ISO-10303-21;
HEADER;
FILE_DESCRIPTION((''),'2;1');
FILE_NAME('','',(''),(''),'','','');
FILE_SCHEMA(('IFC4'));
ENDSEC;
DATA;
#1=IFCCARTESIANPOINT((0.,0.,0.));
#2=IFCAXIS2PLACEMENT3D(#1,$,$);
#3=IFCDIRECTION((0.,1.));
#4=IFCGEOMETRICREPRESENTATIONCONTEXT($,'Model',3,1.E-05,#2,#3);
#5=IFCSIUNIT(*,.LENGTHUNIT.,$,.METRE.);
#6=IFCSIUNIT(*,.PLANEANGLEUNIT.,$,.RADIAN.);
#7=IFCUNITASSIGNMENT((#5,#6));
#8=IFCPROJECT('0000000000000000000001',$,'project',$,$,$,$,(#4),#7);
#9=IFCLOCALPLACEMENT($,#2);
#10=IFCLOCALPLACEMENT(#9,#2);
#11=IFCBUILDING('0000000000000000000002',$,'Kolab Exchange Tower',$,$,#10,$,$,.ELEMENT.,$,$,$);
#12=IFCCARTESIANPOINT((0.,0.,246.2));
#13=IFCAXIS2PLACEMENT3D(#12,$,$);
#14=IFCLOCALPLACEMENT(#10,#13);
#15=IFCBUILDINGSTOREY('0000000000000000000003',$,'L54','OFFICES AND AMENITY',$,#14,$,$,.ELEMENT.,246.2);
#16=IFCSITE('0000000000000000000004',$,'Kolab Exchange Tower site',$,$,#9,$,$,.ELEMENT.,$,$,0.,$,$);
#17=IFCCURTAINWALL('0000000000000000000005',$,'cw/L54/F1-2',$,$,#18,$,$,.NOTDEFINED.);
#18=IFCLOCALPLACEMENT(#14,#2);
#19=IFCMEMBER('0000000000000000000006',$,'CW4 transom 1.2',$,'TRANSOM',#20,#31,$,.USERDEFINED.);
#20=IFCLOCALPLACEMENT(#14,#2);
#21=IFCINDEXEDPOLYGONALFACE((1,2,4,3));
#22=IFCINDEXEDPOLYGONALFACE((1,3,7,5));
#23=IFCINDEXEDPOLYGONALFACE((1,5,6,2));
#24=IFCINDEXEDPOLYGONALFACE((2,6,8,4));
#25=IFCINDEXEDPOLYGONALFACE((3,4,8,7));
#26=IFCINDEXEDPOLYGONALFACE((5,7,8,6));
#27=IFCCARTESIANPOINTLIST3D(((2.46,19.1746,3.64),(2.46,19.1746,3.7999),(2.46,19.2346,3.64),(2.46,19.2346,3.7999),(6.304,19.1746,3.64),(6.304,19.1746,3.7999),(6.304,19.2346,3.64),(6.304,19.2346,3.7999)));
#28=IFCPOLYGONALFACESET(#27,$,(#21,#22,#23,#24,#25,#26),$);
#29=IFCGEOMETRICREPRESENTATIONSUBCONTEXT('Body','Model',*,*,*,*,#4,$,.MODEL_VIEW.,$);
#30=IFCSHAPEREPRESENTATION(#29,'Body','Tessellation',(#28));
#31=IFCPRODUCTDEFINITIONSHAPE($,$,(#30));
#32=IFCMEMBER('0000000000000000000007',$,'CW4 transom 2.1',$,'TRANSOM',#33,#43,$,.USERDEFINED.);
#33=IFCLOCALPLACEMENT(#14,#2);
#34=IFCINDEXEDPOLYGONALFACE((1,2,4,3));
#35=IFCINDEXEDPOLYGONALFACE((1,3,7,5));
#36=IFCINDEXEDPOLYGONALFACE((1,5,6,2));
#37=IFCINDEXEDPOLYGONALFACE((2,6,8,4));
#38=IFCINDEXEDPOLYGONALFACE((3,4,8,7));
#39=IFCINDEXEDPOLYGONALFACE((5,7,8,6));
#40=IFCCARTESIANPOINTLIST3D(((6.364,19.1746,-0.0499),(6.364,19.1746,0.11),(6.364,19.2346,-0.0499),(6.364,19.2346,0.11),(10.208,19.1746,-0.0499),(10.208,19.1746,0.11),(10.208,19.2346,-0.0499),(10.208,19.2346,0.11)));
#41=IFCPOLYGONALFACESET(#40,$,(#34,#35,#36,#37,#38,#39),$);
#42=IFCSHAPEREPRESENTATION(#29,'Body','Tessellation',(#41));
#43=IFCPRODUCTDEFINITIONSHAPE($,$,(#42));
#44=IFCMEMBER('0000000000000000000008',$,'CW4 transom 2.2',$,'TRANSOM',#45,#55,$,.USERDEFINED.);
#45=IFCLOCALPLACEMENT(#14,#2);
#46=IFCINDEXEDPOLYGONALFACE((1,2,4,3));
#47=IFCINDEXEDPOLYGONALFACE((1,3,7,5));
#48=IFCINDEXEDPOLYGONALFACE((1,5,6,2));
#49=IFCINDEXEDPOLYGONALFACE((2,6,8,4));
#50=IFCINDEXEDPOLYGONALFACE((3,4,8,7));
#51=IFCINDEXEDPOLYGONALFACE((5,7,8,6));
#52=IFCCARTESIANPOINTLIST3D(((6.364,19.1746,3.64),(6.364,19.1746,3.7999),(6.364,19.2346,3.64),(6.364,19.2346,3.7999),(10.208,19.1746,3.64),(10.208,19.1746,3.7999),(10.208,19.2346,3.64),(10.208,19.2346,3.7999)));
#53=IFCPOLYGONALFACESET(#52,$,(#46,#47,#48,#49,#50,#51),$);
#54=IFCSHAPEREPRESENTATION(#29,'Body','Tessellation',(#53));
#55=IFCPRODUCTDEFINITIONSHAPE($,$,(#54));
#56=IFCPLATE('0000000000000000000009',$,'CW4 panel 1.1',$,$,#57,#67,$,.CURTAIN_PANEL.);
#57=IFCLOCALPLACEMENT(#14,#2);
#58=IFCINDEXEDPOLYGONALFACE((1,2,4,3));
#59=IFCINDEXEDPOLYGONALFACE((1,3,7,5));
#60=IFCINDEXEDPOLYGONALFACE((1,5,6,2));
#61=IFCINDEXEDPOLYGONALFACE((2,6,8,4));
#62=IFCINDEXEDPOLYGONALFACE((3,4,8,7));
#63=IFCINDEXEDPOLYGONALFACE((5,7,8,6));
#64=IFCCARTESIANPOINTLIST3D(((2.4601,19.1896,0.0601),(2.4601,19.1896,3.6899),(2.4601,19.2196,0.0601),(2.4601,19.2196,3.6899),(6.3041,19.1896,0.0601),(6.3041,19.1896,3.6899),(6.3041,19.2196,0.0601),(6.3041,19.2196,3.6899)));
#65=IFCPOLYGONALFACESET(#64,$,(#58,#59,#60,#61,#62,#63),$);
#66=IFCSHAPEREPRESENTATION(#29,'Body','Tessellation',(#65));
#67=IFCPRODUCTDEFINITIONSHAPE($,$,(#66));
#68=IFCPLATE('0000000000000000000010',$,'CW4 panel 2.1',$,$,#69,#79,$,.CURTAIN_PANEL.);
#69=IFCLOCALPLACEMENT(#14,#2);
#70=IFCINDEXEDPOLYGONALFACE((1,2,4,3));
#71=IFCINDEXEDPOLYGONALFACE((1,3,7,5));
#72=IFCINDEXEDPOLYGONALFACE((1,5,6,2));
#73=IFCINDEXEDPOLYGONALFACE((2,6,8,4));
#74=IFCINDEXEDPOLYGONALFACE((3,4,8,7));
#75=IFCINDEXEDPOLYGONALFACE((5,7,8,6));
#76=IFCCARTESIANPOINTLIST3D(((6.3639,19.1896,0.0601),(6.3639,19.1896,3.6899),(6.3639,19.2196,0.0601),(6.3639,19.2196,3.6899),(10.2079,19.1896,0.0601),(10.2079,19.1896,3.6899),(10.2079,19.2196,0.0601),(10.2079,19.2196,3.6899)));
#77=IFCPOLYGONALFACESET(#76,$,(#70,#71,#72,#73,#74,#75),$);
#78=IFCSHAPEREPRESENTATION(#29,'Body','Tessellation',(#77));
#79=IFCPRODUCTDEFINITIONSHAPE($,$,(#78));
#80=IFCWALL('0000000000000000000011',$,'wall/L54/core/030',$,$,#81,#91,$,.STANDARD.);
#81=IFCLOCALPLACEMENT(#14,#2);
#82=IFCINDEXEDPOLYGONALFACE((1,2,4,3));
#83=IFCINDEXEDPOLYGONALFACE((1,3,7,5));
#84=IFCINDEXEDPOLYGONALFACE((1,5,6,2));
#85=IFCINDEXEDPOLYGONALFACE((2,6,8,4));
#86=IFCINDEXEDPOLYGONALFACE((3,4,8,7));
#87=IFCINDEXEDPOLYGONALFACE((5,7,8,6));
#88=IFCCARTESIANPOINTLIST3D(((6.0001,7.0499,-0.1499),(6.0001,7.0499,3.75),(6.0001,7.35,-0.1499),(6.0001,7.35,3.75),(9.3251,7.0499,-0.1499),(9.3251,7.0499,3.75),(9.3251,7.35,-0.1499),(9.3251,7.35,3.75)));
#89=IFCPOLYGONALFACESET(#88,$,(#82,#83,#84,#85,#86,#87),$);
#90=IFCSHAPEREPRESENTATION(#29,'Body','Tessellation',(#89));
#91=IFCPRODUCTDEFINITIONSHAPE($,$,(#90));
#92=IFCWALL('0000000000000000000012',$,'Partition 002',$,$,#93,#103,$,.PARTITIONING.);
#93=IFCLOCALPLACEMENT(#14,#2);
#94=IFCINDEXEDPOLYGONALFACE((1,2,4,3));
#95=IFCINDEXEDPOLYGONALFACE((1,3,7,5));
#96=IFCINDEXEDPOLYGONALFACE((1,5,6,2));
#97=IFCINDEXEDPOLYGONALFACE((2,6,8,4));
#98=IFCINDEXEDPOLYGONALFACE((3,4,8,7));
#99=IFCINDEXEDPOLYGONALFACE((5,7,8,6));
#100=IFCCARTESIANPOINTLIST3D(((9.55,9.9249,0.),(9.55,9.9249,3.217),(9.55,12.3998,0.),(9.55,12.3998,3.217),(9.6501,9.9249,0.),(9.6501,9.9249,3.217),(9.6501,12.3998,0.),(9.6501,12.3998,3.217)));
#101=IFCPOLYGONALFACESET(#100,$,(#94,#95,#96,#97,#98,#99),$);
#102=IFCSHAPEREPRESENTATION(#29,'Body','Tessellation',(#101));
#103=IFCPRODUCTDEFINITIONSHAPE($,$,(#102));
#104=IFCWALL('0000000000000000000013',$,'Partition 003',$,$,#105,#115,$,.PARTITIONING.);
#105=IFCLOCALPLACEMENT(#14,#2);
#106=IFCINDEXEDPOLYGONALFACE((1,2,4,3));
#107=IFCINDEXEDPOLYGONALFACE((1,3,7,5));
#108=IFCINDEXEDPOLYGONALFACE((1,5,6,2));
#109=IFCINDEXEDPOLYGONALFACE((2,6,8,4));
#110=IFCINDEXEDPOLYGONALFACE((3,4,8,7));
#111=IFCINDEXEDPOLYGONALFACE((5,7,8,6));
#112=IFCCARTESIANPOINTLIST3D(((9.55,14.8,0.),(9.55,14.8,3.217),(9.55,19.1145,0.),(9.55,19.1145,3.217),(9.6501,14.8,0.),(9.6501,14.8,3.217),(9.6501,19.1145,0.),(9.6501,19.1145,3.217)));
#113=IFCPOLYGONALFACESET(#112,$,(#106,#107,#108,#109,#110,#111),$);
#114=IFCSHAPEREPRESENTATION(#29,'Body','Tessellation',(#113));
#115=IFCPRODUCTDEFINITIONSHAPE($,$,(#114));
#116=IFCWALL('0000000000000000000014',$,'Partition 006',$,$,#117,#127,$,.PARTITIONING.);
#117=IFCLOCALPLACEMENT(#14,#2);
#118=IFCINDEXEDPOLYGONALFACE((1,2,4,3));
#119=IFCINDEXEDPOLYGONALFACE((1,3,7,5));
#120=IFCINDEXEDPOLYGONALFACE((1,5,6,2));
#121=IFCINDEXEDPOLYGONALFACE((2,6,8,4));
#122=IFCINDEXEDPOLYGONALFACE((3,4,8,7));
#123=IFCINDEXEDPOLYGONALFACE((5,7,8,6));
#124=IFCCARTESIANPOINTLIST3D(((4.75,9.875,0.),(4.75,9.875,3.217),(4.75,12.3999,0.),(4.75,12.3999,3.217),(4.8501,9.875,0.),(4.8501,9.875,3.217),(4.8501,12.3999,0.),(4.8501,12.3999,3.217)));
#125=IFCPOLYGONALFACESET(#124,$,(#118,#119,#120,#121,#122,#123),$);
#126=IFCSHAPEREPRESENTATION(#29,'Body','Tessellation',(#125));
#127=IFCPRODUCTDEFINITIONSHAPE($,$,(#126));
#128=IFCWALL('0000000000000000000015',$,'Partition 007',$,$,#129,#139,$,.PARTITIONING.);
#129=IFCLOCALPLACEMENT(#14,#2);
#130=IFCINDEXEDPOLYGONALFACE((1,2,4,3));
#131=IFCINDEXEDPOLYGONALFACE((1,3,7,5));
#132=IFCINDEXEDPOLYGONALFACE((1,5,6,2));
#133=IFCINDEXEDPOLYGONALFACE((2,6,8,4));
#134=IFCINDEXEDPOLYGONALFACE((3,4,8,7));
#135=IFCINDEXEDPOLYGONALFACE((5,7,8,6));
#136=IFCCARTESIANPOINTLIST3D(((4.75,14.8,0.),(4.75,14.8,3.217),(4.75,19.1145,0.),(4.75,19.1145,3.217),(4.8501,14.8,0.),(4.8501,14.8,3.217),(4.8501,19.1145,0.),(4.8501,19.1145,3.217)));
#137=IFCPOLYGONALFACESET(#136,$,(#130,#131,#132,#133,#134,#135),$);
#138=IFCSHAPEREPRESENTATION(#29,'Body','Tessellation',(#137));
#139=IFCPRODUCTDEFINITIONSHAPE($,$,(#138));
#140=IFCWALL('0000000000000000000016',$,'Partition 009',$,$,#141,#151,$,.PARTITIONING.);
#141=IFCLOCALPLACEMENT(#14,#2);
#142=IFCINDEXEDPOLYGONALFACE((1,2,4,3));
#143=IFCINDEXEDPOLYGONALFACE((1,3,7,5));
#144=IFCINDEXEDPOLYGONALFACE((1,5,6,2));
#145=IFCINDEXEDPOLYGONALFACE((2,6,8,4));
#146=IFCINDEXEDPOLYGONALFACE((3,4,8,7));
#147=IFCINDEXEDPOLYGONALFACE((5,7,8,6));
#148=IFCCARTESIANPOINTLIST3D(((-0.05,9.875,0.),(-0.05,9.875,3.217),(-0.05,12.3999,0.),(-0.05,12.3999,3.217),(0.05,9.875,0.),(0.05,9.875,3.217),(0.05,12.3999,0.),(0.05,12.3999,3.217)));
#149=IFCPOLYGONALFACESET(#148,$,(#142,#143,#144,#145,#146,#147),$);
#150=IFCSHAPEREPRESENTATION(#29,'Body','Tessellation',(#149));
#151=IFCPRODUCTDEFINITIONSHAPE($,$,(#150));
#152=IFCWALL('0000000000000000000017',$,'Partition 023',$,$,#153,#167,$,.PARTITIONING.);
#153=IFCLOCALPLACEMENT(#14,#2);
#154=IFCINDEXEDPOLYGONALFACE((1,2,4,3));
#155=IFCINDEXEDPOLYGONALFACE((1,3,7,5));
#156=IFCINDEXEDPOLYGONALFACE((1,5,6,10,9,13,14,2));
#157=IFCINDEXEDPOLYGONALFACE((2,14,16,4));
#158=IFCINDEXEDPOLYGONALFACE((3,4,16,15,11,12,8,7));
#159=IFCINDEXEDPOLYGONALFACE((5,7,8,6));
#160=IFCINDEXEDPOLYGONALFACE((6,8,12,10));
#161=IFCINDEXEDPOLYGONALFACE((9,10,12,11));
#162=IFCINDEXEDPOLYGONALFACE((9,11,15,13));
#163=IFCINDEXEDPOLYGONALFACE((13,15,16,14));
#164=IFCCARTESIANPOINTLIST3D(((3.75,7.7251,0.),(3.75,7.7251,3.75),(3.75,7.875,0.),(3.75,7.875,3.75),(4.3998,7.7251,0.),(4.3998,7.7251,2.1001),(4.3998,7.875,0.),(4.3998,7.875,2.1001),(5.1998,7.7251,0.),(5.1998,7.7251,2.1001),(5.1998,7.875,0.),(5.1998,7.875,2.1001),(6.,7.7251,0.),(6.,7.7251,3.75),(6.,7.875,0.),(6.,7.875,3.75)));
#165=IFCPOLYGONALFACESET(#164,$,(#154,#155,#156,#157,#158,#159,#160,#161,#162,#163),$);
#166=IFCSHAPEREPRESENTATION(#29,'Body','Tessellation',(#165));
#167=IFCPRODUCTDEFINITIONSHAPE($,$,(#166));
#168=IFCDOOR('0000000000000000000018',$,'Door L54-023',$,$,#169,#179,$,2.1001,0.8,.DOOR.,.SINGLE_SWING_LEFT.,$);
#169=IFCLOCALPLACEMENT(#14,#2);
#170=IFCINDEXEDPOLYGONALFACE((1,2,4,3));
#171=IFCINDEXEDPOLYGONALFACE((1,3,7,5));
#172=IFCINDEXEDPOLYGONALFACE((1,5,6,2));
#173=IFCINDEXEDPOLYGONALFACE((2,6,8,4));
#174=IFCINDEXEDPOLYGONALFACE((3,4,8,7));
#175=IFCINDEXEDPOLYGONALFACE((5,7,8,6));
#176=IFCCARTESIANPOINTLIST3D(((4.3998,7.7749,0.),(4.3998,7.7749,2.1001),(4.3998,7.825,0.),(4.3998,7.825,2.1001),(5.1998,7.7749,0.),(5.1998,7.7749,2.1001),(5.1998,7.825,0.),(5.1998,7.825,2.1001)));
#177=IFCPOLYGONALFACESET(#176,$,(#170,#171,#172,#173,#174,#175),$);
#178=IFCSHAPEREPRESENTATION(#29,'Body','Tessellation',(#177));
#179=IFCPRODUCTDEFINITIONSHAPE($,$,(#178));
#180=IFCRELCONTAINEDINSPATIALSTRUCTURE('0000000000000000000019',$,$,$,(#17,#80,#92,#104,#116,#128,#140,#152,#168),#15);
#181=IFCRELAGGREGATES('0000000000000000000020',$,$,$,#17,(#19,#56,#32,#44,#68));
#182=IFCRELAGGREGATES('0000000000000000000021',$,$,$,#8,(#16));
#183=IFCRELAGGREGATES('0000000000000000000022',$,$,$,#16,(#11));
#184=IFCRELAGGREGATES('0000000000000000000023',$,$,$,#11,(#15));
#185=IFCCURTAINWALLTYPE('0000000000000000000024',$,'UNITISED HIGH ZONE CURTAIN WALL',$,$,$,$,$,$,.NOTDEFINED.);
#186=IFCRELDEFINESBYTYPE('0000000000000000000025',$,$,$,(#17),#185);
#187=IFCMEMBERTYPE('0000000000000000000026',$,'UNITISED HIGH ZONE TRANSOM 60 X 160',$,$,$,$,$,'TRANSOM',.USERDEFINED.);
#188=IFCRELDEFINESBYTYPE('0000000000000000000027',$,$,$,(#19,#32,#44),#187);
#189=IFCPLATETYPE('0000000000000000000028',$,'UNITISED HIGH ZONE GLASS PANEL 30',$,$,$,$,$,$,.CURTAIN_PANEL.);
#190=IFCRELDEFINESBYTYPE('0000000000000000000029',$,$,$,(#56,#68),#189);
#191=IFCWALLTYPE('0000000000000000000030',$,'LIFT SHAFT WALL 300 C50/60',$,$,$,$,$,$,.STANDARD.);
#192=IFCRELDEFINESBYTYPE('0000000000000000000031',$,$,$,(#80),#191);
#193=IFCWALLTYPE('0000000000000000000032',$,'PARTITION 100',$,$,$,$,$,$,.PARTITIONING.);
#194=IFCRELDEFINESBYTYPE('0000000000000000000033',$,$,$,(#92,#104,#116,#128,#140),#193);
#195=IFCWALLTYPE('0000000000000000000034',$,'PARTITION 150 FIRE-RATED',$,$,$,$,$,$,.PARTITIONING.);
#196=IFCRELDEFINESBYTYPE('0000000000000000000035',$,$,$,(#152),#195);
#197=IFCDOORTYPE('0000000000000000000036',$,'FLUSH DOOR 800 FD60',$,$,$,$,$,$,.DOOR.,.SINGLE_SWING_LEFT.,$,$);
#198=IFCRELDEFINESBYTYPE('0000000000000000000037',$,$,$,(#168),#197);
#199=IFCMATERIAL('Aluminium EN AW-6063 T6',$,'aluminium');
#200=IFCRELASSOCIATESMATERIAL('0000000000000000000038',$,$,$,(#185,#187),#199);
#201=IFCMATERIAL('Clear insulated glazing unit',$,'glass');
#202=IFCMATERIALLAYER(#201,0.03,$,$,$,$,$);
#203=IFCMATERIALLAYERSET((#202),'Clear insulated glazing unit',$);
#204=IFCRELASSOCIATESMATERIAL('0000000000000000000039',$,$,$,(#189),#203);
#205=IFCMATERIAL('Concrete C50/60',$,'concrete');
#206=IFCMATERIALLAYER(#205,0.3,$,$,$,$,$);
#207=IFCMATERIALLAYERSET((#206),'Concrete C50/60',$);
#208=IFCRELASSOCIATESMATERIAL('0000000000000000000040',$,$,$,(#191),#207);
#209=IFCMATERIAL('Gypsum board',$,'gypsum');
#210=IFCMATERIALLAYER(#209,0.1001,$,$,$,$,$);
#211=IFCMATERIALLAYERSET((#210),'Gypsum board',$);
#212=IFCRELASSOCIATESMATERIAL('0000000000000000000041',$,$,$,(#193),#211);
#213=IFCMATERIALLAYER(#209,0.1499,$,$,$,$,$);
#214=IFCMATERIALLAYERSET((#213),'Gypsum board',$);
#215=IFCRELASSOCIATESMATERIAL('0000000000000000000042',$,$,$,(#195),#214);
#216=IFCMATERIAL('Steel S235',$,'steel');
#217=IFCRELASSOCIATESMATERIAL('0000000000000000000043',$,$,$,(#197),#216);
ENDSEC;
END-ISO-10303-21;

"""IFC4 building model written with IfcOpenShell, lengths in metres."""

from ifc_helpers import new_model, si_unit, direction, frame, frame_2d, origin, origin_2d, place, context, subcontext, project, spatial, rectangle, extrude, material, layer, layer_set, material_profile, profile_set, type_object, element, fill, aggregate, save


model = new_model("IFC4")

# Units and contexts
model_context = context("Model", 3, precision=1e-05, world=origin(), true_north=direction((0.0, 1.0)))
body_context = subcontext(model_context, "Body", "Model", "MODEL_VIEW")
ifc_project = project(units=[si_unit("LENGTHUNIT", "METRE"), si_unit("PLANEANGLEUNIT", "RADIAN")], contexts=[model_context])

# Site, building, storey
site_placement = place(None, origin())
site = spatial("IfcSite", under=ifc_project, at=site_placement, Name="Kolab Exchange Tower site", CompositionType="ELEMENT", RefElevation=0.0)
building_placement = place(site_placement, origin())
building = spatial("IfcBuilding", under=site, at=building_placement, Name="Kolab Exchange Tower", CompositionType="ELEMENT")
storey_placement = place(building_placement, frame((0.0, 0.0, 246.2)))
storey = spatial("IfcBuildingStorey", under=building, at=storey_placement, Name="L54", Description="OFFICES AND AMENITY", CompositionType="ELEMENT", Elevation=246.2)

# Shared definitions
ifc_material_1 = material(Name="Concrete C50/60", Category="concrete")

# Curtain wall, members, plates
ifc_material_2 = material(Name="Aluminium EN AW-6063 T6", Category="aluminium")
curtain_wall_type = type_object("IfcCurtainWallType", Name="UNITISED HIGH ZONE CURTAIN WALL", PredefinedType="NOTDEFINED", material=ifc_material_2)
curtain_wall_placement = place(storey_placement, origin())
curtain_wall = element("IfcCurtainWall", 1, at=curtain_wall_placement, inside=storey, type_object=curtain_wall_type, Name="cw/L54/F1-2", PredefinedType="NOTDEFINED")
ifc_material_profile_1 = material_profile(ifc_material_2, rectangle(XDim=0.0601, YDim=0.1599, at=origin_2d()), Name="RECT 60X160")
ifc_profile_set_1 = profile_set([ifc_material_profile_1], Name="Aluminium EN AW-6063 T6")
member_type_1 = type_object("IfcMemberType", Name="UNITISED HIGH ZONE TRANSOM 60 X 160", ElementType="TRANSOM", PredefinedType="USERDEFINED", material=ifc_profile_set_1)
member_1_placement = place(storey_placement, frame((2.46, 19.2046, 3.72), z_axis=(1.0, 0.0, 0.0), x_axis=(0.0, 1.0, 0.0)))
member_1 = element("IfcMember", 2, at=member_1_placement, type_object=member_type_1, Name="CW4 transom 1.2", ObjectType="TRANSOM", PredefinedType="USERDEFINED", context=body_context, shape_type="SweptSolid", body=[
    extrude(rectangle(XDim=0.0601, YDim=0.1599, at=origin_2d()), origin(), (0.0, 0.0, 1.0), 3.844),
])
member_2_placement = place(storey_placement, frame((6.364, 19.2046, 0.03), z_axis=(1.0, 0.0, 0.0), x_axis=(0.0, 1.0, 0.0)))
member_2 = element("IfcMember", 3, at=member_2_placement, type_object=member_type_1, Name="CW4 transom 2.1", ObjectType="TRANSOM", PredefinedType="USERDEFINED", context=body_context, shape_type="SweptSolid", body=[
    extrude(rectangle(XDim=0.0601, YDim=0.1599, at=origin_2d()), origin(), (0.0, 0.0, 1.0), 3.844),
])
member_3_placement = place(storey_placement, frame((6.364, 19.2046, 3.72), z_axis=(1.0, 0.0, 0.0), x_axis=(0.0, 1.0, 0.0)))
member_3 = element("IfcMember", 4, at=member_3_placement, type_object=member_type_1, Name="CW4 transom 2.2", ObjectType="TRANSOM", PredefinedType="USERDEFINED", context=body_context, shape_type="SweptSolid", body=[
    extrude(rectangle(XDim=0.0601, YDim=0.1599, at=origin_2d()), origin(), (0.0, 0.0, 1.0), 3.844),
])
ifc_material_3 = material(Name="Clear insulated glazing unit", Category="glass")
ifc_layer_1 = layer(ifc_material_3, 0.03)
ifc_layer_set_1 = layer_set([ifc_layer_1], Name="Clear insulated glazing unit")
plate_type = type_object("IfcPlateType", Name="UNITISED HIGH ZONE GLASS PANEL 30", PredefinedType="CURTAIN_PANEL", material=ifc_layer_set_1)
plate_1_placement = place(storey_placement, frame((4.3821, 19.2046, 0.0601), z_axis=(0.0, 0.0, 1.0), x_axis=(1.0, 0.0, 0.0)))
plate_1 = element("IfcPlate", 5, at=plate_1_placement, type_object=plate_type, Name="CW4 panel 1.1", PredefinedType="CURTAIN_PANEL", context=body_context, shape_type="SweptSolid", body=[
    extrude(rectangle(XDim=3.844, YDim=0.03, at=origin_2d()), origin(), (0.0, 0.0, 1.0), 3.6299),
])
plate_2_placement = place(storey_placement, frame((8.2859, 19.2046, 0.0601), z_axis=(0.0, 0.0, 1.0), x_axis=(1.0, 0.0, 0.0)))
plate_2 = element("IfcPlate", 6, at=plate_2_placement, type_object=plate_type, Name="CW4 panel 2.1", PredefinedType="CURTAIN_PANEL", context=body_context, shape_type="SweptSolid", body=[
    extrude(rectangle(XDim=3.844, YDim=0.03, at=origin_2d()), origin(), (0.0, 0.0, 1.0), 3.6299),
])
aggregate(curtain_wall, [member_1, plate_1, member_2, member_3, plate_2])

# Walls
ifc_layer_2 = layer(ifc_material_1, 0.3)
ifc_layer_set_2 = layer_set([ifc_layer_2], Name="Concrete C50/60")
wall_type_1 = type_object("IfcWallType", Name="LIFT SHAFT WALL 300 C50/60", PredefinedType="STANDARD", material=ifc_layer_set_2)
wall_1_placement = place(storey_placement, frame((6.0, 7.2, -0.1499), z_axis=(0.0, 0.0, 1.0), x_axis=(1.0, 0.0, 0.0)))
element("IfcWall", 7, at=wall_1_placement, inside=storey, type_object=wall_type_1, Name="wall/L54/core/030", PredefinedType="STANDARD", context=body_context, shape_type="SweptSolid", body=[
    extrude(rectangle(XDim=3.325, YDim=0.3, at=frame_2d((1.6626, 0.0))), origin(), (0.0, 0.0, 1.0), 3.8999),
])
ifc_material_4 = material(Name="Gypsum board", Category="gypsum")
ifc_layer_3 = layer(ifc_material_4, 0.1001)
ifc_layer_set_3 = layer_set([ifc_layer_3], Name="Gypsum board")
wall_type_2 = type_object("IfcWallType", Name="PARTITION 100", PredefinedType="PARTITIONING", material=ifc_layer_set_3)
wall_2_placement = place(storey_placement, frame((9.6001, 9.925, 0.0), z_axis=(0.0, 0.0, 1.0), x_axis=(0.0, 1.0, 0.0)))
element("IfcWall", 8, at=wall_2_placement, inside=storey, type_object=wall_type_2, Name="Partition 002", PredefinedType="PARTITIONING", context=body_context, shape_type="SweptSolid", body=[
    extrude(rectangle(XDim=2.4749, YDim=0.1001, at=frame_2d((1.2373, 0.0))), origin(), (0.0, 0.0, 1.0), 3.217),
])
wall_3_placement = place(storey_placement, frame((9.6001, 14.8, 0.0), z_axis=(0.0, 0.0, 1.0), x_axis=(0.0, 1.0, 0.0)))
element("IfcWall", 9, at=wall_3_placement, inside=storey, type_object=wall_type_2, Name="Partition 003", PredefinedType="PARTITIONING", context=body_context, shape_type="SweptSolid", body=[
    extrude(rectangle(XDim=4.3145, YDim=0.1001, at=frame_2d((2.1572, 0.0))), origin(), (0.0, 0.0, 1.0), 3.217),
])
wall_4_placement = place(storey_placement, frame((4.8, 9.875, 0.0), z_axis=(0.0, 0.0, 1.0), x_axis=(0.0, 1.0, 0.0)))
element("IfcWall", 10, at=wall_4_placement, inside=storey, type_object=wall_type_2, Name="Partition 006", PredefinedType="PARTITIONING", context=body_context, shape_type="SweptSolid", body=[
    extrude(rectangle(XDim=2.5249, YDim=0.1001, at=frame_2d((1.2625, 0.0))), origin(), (0.0, 0.0, 1.0), 3.217),
])
wall_5_placement = place(storey_placement, frame((4.8, 14.8, 0.0), z_axis=(0.0, 0.0, 1.0), x_axis=(0.0, 1.0, 0.0)))
element("IfcWall", 11, at=wall_5_placement, inside=storey, type_object=wall_type_2, Name="Partition 007", PredefinedType="PARTITIONING", context=body_context, shape_type="SweptSolid", body=[
    extrude(rectangle(XDim=4.3145, YDim=0.1001, at=frame_2d((2.1572, 0.0))), origin(), (0.0, 0.0, 1.0), 3.217),
])
wall_6_placement = place(storey_placement, frame((0.0, 9.875, 0.0), z_axis=(0.0, 0.0, 1.0), x_axis=(0.0, 1.0, 0.0)))
element("IfcWall", 12, at=wall_6_placement, inside=storey, type_object=wall_type_2, Name="Partition 009", PredefinedType="PARTITIONING", context=body_context, shape_type="SweptSolid", body=[
    extrude(rectangle(XDim=2.5249, YDim=0.1001, at=frame_2d((1.2625, 0.0))), origin(), (0.0, 0.0, 1.0), 3.217),
])

# Wall, opening, door
ifc_layer_4 = layer(ifc_material_4, 0.1499)
ifc_layer_set_4 = layer_set([ifc_layer_4], Name="Gypsum board")
wall_type_3 = type_object("IfcWallType", Name="PARTITION 150 FIRE-RATED", PredefinedType="PARTITIONING", material=ifc_layer_set_4)
wall_7_placement = place(storey_placement, frame((3.75, 7.8, 0.0), z_axis=(0.0, 0.0, 1.0), x_axis=(1.0, 0.0, 0.0)))
wall_7 = element("IfcWall", 13, at=wall_7_placement, inside=storey, type_object=wall_type_3, Name="Partition 023", PredefinedType="PARTITIONING", context=body_context, shape_type="SweptSolid", body=[
    extrude(rectangle(XDim=2.25, YDim=0.1499, at=frame_2d((1.125, 0.0))), origin(), (0.0, 0.0, 1.0), 3.75),
])
opening_placement = place(wall_7_placement, frame((0.6499, 0.0, 0.0)))
opening = element("IfcOpeningElement", 14, at=opening_placement, cuts=wall_7, PredefinedType="OPENING", context=body_context, shape_type="SweptSolid", body=[
    extrude(rectangle(XDim=0.8, YDim=2.1001, at=frame_2d((0.3999, 1.05))), frame((0.0, 0.085, 0.0), z_axis=(0.0, -1.0, 0.0), x_axis=(1.0, 0.0, 0.0)), (0.0, 0.0, 1.0), 0.1699),
])
ifc_material_5 = material(Name="Steel S235", Category="steel")
door_type = type_object("IfcDoorType", Name="FLUSH DOOR 800 FD60", OperationType="SINGLE_SWING_LEFT", PredefinedType="DOOR", material=ifc_material_5)
door_placement = place(opening_placement, origin())
door = element("IfcDoor", 15, at=door_placement, inside=storey, type_object=door_type, Name="Door L54-023", OperationType="SINGLE_SWING_LEFT", OverallHeight=2.1001, OverallWidth=0.8, PredefinedType="DOOR", context=body_context, shape_type="SweptSolid", body=[
    extrude(rectangle(XDim=0.8, YDim=2.1001, at=frame_2d((0.3999, 1.05))), frame((0.0, 0.0249, 0.0), z_axis=(0.0, -1.0, 0.0), x_axis=(1.0, 0.0, 0.0)), (0.0, 0.0, 1.0), 0.05),
])
fill(opening, door)

save(model, "model.ifc")
